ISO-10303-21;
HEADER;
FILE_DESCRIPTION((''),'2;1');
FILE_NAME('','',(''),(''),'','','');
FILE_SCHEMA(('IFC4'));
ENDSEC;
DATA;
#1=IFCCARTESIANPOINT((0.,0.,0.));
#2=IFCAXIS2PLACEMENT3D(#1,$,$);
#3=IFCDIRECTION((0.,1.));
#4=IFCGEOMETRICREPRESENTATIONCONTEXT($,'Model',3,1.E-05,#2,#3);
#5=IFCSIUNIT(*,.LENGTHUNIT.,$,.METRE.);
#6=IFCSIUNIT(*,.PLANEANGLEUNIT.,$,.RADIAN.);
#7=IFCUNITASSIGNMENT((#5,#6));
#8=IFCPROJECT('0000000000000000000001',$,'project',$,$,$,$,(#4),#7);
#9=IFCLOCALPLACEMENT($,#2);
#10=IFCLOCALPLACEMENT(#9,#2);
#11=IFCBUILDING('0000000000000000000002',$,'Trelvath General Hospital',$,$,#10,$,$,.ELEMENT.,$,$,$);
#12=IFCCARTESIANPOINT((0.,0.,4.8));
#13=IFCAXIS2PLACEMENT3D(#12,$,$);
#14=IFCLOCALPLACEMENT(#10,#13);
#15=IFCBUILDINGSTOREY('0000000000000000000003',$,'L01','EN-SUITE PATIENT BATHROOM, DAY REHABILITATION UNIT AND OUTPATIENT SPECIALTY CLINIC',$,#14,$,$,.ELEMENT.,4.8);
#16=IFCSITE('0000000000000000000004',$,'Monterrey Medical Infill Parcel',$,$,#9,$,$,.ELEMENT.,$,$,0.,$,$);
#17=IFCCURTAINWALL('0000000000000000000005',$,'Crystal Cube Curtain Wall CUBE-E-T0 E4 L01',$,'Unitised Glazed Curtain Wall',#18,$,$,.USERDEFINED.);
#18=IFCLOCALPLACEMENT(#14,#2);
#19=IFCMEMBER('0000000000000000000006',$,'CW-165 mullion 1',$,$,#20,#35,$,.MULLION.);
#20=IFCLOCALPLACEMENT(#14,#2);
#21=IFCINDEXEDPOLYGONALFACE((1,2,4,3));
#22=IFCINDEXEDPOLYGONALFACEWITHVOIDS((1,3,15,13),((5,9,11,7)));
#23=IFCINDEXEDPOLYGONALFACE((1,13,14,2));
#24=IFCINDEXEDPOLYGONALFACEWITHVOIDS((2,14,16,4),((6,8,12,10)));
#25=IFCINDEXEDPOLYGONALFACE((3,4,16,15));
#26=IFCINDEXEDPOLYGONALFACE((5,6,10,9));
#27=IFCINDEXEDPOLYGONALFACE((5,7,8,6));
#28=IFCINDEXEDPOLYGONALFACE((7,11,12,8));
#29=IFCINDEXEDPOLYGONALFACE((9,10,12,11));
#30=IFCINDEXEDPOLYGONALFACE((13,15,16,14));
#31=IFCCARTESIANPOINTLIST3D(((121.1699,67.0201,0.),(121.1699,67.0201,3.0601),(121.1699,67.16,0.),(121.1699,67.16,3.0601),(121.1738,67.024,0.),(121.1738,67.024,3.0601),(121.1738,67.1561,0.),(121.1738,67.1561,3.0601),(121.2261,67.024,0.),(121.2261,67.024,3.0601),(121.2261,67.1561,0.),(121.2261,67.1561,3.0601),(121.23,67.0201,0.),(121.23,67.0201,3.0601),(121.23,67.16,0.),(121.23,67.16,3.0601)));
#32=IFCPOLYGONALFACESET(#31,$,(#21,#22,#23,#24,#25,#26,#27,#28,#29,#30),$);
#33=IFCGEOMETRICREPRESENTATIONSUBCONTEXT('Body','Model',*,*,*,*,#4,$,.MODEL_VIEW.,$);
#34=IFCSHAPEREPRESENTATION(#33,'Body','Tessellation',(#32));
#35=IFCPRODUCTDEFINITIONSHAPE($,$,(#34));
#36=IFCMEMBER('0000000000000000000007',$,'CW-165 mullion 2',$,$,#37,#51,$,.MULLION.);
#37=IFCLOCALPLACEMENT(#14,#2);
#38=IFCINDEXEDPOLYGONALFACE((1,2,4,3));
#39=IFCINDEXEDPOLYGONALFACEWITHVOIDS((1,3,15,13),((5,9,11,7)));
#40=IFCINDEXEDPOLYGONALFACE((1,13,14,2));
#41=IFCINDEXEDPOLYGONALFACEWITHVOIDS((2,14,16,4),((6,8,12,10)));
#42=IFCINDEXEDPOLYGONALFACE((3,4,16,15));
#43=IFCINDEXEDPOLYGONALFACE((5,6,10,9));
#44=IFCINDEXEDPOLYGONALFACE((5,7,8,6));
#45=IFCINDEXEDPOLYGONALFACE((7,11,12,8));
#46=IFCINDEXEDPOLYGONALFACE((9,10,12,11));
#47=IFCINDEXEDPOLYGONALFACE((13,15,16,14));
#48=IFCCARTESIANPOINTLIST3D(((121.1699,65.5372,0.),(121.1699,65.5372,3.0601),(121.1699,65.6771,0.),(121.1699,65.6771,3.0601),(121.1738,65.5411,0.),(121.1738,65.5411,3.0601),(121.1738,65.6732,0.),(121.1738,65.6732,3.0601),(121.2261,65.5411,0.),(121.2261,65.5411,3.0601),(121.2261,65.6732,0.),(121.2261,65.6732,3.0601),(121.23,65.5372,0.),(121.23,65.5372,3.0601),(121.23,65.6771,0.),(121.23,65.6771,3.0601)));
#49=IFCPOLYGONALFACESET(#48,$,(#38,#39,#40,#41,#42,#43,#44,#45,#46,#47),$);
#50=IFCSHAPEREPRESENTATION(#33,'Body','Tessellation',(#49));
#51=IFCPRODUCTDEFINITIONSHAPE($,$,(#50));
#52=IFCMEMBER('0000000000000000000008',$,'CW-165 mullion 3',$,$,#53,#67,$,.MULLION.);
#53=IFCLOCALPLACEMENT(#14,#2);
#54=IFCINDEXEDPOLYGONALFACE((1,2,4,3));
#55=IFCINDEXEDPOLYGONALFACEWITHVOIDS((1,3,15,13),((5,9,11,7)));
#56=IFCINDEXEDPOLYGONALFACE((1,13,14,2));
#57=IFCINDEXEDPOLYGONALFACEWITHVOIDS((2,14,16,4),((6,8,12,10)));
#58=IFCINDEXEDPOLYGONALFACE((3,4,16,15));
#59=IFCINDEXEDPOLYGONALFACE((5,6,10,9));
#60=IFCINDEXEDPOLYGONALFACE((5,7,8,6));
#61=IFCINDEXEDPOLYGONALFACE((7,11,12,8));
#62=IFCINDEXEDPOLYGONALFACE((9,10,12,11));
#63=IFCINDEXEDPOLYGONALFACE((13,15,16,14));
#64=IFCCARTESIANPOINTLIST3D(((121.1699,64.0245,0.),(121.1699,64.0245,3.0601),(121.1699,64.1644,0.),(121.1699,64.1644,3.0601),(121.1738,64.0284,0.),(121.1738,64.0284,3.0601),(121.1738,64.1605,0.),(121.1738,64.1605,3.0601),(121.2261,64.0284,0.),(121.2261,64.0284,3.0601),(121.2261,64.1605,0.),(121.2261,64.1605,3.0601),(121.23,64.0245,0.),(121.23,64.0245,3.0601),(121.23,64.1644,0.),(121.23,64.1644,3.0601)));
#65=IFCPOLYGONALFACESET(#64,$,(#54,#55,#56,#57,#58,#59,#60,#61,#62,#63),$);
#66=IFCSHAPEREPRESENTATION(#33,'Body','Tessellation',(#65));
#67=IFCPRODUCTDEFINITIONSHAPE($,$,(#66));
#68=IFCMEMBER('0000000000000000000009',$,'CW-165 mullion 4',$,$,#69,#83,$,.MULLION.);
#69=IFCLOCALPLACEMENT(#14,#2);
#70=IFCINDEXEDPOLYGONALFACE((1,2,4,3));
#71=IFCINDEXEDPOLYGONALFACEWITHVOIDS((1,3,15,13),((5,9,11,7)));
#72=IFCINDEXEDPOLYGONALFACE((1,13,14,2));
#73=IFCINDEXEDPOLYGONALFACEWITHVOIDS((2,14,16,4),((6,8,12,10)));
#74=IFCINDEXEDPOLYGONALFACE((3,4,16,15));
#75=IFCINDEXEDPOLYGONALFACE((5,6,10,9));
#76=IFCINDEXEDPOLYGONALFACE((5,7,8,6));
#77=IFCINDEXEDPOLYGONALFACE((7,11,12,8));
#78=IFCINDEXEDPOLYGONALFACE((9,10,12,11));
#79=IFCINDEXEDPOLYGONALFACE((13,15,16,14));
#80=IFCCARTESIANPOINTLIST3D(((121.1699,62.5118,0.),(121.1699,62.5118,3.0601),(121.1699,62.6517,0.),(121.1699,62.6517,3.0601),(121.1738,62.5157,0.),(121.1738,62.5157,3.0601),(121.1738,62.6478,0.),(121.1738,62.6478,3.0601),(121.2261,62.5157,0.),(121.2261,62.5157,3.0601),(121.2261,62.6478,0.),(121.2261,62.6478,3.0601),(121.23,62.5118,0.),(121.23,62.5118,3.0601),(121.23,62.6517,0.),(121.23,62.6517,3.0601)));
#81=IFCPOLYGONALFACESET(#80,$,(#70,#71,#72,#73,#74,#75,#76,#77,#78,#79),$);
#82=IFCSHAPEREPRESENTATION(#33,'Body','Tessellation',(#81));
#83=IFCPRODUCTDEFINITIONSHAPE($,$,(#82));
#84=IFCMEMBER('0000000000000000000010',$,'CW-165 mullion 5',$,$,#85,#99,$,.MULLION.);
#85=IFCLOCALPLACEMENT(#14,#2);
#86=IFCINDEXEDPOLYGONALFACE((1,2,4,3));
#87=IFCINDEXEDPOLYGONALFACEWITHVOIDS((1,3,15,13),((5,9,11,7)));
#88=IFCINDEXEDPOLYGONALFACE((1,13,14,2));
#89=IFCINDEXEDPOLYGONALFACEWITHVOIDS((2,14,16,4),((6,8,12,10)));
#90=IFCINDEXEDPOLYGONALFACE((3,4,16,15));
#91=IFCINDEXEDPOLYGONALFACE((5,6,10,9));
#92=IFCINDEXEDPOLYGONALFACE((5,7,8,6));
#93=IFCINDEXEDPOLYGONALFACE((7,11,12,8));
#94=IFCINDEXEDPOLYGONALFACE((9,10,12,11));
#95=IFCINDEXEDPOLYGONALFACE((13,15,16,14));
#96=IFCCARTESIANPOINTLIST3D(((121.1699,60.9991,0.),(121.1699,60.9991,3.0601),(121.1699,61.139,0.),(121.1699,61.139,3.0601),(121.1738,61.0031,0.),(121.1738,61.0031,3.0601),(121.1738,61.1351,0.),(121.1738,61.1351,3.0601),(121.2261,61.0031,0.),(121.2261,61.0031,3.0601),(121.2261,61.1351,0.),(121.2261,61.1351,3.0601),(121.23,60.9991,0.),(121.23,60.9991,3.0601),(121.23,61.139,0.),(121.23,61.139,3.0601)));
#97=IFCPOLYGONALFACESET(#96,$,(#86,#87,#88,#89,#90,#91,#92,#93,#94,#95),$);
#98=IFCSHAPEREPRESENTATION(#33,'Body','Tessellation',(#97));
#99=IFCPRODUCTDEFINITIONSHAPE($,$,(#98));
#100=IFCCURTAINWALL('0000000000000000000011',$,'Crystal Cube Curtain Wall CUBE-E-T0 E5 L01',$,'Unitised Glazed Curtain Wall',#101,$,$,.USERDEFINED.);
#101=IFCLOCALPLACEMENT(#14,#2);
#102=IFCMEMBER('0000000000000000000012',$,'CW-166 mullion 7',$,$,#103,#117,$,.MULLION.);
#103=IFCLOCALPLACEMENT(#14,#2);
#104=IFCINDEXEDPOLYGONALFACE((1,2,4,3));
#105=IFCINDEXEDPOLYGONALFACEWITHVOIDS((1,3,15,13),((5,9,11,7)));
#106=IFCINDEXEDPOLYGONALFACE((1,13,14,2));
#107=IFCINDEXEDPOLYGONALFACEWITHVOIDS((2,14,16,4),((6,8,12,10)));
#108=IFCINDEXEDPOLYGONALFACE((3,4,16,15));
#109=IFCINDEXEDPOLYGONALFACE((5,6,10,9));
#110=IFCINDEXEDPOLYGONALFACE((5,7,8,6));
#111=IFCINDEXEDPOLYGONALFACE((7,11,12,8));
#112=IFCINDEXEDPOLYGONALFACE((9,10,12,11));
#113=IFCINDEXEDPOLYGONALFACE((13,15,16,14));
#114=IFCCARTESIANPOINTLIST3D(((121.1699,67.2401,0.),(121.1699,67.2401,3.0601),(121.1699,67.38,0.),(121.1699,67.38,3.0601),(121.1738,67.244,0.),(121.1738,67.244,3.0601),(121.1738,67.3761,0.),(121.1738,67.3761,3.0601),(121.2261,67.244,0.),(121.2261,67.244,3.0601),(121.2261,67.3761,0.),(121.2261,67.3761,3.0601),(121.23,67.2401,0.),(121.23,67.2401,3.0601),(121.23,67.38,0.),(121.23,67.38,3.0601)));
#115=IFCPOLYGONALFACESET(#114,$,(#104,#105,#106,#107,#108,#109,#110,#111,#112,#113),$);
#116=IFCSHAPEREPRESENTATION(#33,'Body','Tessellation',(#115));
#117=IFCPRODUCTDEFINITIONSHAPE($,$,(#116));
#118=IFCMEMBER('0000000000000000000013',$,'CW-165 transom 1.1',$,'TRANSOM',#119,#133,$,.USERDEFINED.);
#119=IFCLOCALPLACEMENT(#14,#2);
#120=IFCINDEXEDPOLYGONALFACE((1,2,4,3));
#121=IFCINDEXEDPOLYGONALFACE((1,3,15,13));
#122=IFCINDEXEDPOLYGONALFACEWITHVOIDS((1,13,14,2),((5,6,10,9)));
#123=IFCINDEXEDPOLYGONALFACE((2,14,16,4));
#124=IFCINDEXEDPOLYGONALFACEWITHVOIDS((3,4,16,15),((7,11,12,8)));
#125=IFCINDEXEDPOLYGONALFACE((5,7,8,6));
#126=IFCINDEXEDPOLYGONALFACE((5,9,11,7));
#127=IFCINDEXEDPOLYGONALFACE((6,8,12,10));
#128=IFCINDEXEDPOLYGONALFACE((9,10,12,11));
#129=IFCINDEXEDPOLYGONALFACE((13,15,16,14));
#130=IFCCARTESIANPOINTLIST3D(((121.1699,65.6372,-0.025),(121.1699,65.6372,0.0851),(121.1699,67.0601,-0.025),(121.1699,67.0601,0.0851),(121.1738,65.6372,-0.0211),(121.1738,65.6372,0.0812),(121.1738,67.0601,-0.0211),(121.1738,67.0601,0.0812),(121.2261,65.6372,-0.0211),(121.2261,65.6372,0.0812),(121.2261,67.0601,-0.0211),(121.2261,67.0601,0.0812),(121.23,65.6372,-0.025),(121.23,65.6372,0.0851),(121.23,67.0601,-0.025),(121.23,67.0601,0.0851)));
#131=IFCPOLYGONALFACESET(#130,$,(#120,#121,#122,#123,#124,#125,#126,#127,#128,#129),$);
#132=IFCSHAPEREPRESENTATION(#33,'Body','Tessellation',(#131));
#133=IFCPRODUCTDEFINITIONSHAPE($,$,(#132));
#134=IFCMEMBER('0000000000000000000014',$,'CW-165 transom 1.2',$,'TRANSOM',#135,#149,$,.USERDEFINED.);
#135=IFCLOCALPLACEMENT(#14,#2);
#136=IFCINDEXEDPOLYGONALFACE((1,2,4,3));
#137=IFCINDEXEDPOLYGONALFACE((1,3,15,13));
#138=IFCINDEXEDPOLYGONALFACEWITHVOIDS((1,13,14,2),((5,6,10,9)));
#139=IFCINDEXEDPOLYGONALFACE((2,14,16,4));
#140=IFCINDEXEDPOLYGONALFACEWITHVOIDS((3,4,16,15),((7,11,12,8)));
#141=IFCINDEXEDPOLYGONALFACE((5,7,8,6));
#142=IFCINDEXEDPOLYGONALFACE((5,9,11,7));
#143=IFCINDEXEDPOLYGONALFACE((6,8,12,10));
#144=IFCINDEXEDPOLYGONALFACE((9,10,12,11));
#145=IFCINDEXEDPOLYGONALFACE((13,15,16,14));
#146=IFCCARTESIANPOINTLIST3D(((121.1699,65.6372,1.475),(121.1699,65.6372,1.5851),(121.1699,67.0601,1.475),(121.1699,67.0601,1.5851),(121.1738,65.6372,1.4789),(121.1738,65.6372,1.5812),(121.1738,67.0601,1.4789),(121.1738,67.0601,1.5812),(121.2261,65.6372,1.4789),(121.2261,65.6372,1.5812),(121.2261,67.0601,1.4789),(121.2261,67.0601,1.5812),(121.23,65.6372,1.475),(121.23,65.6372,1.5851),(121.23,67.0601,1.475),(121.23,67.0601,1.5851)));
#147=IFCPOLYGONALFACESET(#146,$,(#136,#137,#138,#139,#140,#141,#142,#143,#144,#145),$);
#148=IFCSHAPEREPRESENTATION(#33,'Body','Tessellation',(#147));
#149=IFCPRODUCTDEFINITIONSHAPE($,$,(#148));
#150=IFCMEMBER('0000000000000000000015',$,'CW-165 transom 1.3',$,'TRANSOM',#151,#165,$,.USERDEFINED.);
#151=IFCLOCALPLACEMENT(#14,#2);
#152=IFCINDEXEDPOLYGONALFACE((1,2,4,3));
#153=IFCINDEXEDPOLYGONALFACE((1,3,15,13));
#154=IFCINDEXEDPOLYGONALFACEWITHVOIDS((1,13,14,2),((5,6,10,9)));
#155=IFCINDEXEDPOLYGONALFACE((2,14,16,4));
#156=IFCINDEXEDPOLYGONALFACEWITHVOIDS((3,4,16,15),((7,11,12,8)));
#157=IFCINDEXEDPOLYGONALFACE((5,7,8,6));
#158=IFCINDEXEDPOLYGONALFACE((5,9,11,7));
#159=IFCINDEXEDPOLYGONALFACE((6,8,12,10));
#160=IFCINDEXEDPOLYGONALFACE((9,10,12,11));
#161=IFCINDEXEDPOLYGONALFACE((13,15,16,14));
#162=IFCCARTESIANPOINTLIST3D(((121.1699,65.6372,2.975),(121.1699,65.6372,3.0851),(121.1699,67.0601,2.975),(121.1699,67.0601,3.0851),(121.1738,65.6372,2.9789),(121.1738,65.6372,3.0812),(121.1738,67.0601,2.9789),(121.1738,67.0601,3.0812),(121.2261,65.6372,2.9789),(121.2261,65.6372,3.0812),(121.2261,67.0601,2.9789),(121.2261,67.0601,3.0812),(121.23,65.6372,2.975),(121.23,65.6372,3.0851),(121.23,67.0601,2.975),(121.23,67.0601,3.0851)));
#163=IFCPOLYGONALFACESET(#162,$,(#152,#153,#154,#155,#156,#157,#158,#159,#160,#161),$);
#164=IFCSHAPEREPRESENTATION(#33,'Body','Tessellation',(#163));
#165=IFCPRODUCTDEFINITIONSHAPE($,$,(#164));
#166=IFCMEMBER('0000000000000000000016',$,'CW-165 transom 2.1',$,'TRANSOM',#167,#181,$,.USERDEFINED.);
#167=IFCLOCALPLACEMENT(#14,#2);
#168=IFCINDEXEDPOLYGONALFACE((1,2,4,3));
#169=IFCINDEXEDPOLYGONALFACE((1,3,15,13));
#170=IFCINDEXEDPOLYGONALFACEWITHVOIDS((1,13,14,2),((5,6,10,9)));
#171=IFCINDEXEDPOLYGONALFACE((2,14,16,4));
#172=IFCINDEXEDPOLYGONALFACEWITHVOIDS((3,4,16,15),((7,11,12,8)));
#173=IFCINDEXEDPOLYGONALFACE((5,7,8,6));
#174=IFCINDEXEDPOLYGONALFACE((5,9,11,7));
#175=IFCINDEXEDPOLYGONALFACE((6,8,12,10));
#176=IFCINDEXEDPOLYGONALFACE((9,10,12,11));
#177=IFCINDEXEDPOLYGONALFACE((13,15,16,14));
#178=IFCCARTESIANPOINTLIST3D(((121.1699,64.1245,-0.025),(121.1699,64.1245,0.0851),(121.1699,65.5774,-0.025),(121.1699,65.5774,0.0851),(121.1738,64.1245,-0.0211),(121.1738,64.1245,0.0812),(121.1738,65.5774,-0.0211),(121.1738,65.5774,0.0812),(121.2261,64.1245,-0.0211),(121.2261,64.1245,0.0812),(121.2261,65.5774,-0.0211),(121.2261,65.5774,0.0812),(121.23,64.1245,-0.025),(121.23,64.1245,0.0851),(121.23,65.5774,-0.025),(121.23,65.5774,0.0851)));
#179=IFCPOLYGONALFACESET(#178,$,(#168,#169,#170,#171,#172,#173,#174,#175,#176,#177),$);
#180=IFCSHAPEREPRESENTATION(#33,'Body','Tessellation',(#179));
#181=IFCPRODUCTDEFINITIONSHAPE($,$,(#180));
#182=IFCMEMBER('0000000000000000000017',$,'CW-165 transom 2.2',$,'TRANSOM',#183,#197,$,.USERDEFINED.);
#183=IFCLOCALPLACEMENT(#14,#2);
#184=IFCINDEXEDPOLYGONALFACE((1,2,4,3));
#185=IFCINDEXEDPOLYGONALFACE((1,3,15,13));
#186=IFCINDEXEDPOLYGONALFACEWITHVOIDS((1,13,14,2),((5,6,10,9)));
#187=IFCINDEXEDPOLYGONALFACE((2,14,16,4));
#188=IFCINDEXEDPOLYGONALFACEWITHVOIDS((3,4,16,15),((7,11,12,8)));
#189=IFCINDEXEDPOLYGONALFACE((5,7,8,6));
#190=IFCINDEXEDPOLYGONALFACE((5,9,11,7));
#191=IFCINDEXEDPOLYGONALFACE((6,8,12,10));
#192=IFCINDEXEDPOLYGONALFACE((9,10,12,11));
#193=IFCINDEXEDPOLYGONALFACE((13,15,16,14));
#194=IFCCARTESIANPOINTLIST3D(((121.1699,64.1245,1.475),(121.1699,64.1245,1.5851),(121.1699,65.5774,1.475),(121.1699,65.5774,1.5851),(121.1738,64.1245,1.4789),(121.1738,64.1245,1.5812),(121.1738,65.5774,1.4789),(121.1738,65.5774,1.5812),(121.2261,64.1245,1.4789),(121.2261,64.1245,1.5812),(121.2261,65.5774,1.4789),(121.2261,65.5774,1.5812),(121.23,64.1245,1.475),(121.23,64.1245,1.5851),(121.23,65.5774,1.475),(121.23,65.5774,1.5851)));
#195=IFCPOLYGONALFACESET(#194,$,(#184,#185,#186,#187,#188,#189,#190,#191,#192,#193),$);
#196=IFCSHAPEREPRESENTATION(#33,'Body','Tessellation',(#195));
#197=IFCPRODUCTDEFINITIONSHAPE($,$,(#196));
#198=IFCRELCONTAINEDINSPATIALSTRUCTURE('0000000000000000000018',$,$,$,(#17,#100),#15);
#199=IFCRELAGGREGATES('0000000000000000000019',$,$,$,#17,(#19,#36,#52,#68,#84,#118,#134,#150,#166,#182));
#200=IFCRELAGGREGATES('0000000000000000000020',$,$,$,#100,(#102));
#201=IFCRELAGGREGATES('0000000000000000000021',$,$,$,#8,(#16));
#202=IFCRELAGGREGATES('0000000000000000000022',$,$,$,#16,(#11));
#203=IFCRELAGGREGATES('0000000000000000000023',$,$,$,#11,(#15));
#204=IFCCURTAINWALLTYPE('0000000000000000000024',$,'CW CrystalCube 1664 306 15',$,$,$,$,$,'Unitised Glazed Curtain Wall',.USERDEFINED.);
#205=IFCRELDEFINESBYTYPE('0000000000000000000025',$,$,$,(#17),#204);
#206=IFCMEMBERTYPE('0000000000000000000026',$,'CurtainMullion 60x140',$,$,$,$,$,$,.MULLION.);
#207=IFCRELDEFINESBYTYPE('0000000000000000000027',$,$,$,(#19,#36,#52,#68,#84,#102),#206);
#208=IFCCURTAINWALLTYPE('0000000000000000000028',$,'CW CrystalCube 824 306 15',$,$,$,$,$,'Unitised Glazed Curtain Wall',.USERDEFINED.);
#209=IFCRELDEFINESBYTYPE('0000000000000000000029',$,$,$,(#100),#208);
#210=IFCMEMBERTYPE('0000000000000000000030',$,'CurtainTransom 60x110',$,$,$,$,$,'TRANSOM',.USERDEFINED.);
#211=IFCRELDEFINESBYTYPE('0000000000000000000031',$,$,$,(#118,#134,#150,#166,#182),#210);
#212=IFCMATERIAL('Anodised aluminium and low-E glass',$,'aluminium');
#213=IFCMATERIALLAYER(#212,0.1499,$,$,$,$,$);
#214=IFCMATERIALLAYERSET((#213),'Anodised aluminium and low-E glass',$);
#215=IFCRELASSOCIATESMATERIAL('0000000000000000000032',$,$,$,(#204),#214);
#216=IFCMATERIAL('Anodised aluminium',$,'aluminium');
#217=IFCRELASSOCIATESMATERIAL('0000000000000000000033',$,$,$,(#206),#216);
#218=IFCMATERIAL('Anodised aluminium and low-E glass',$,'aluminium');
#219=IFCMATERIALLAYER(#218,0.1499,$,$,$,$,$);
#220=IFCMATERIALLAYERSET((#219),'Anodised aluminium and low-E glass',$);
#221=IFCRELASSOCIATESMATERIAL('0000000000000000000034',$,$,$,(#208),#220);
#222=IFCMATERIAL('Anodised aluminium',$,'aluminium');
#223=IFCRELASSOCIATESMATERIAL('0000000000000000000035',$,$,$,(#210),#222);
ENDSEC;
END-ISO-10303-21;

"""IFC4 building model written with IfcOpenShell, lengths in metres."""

from ifc_helpers import new_model, si_unit, direction, frame, origin, origin_2d, place, context, subcontext, project, spatial, hollow_rectangle, extrude, material, layer, layer_set, material_profile, profile_set, type_object, element, aggregate, save


model = new_model("IFC4")

# Units and contexts
model_context = context("Model", 3, precision=1e-05, world=origin(), true_north=direction((0.0, 1.0)))
body_context = subcontext(model_context, "Body", "Model", "MODEL_VIEW")
ifc_project = project(units=[si_unit("LENGTHUNIT", "METRE"), si_unit("PLANEANGLEUNIT", "RADIAN")], contexts=[model_context])

# Site, building, storey
site_placement = place(None, origin())
site = spatial("IfcSite", under=ifc_project, at=site_placement, Name="Monterrey Medical Infill Parcel", CompositionType="ELEMENT", RefElevation=0.0)
building_placement = place(site_placement, origin())
building = spatial("IfcBuilding", under=site, at=building_placement, Name="Trelvath General Hospital", CompositionType="ELEMENT")
storey_placement = place(building_placement, frame((0.0, 0.0, 4.8)))
storey = spatial("IfcBuildingStorey", under=building, at=storey_placement, Name="L01", Description="EN-SUITE PATIENT BATHROOM, DAY REHABILITATION UNIT AND OUTPATIENT SPECIALTY CLINIC", CompositionType="ELEMENT", Elevation=4.8)

# Curtain wall, members
ifc_material_1 = material(Name="Anodised aluminium and low-E glass", Category="aluminium")
ifc_layer_1 = layer(ifc_material_1, 0.1499)
ifc_layer_set_1 = layer_set([ifc_layer_1], Name="Anodised aluminium and low-E glass")
curtain_wall_type_1 = type_object("IfcCurtainWallType", Name="CW CrystalCube 1664 306 15", ElementType="Unitised Glazed Curtain Wall", PredefinedType="USERDEFINED", material=ifc_layer_set_1)
curtain_wall_1_placement = place(storey_placement, origin())
curtain_wall_1 = element("IfcCurtainWall", 1, at=curtain_wall_1_placement, inside=storey, type_object=curtain_wall_type_1, Name="Crystal Cube Curtain Wall CUBE-E-T0 E4 L01", ObjectType="Unitised Glazed Curtain Wall", PredefinedType="USERDEFINED")
ifc_material_2 = material(Name="Anodised aluminium", Category="aluminium")
ifc_material_profile_1 = material_profile(ifc_material_2, hollow_rectangle(XDim=0.0601, YDim=0.1399, WallThickness=0.0039, at=origin_2d()), Name="RHS60x140x4")
ifc_profile_set_1 = profile_set([ifc_material_profile_1], Name="Anodised aluminium")
member_type_1 = type_object("IfcMemberType", Name="CurtainMullion 60x140", PredefinedType="MULLION", material=ifc_profile_set_1)
member_1_placement = place(storey_placement, frame((121.2, 67.0901, 0.0), z_axis=(0.0, 0.0, 1.0), x_axis=(1.0, 0.0, 0.0)))
member_1 = element("IfcMember", 2, at=member_1_placement, type_object=member_type_1, Name="CW-165 mullion 1", PredefinedType="MULLION", context=body_context, shape_type="SweptSolid", body=[
    extrude(hollow_rectangle(XDim=0.0601, YDim=0.1399, WallThickness=0.0039, at=origin_2d()), origin(), (0.0, 0.0, 1.0), 3.0601),
])
member_2_placement = place(storey_placement, frame((121.2, 65.6072, 0.0), z_axis=(0.0, 0.0, 1.0), x_axis=(1.0, 0.0, 0.0)))
member_2 = element("IfcMember", 3, at=member_2_placement, type_object=member_type_1, Name="CW-165 mullion 2", PredefinedType="MULLION", context=body_context, shape_type="SweptSolid", body=[
    extrude(hollow_rectangle(XDim=0.0601, YDim=0.1399, WallThickness=0.0039, at=origin_2d()), origin(), (0.0, 0.0, 1.0), 3.0601),
])
member_3_placement = place(storey_placement, frame((121.2, 64.0945, 0.0), z_axis=(0.0, 0.0, 1.0), x_axis=(1.0, 0.0, 0.0)))
member_3 = element("IfcMember", 4, at=member_3_placement, type_object=member_type_1, Name="CW-165 mullion 3", PredefinedType="MULLION", context=body_context, shape_type="SweptSolid", body=[
    extrude(hollow_rectangle(XDim=0.0601, YDim=0.1399, WallThickness=0.0039, at=origin_2d()), origin(), (0.0, 0.0, 1.0), 3.0601),
])
member_4_placement = place(storey_placement, frame((121.2, 62.5818, 0.0), z_axis=(0.0, 0.0, 1.0), x_axis=(1.0, 0.0, 0.0)))
member_4 = element("IfcMember", 5, at=member_4_placement, type_object=member_type_1, Name="CW-165 mullion 4", PredefinedType="MULLION", context=body_context, shape_type="SweptSolid", body=[
    extrude(hollow_rectangle(XDim=0.0601, YDim=0.1399, WallThickness=0.0039, at=origin_2d()), origin(), (0.0, 0.0, 1.0), 3.0601),
])
member_5_placement = place(storey_placement, frame((121.2, 61.0691, 0.0), z_axis=(0.0, 0.0, 1.0), x_axis=(1.0, 0.0, 0.0)))
member_5 = element("IfcMember", 6, at=member_5_placement, type_object=member_type_1, Name="CW-165 mullion 5", PredefinedType="MULLION", context=body_context, shape_type="SweptSolid", body=[
    extrude(hollow_rectangle(XDim=0.0601, YDim=0.1399, WallThickness=0.0039, at=origin_2d()), origin(), (0.0, 0.0, 1.0), 3.0601),
])

# Curtain wall, member
ifc_material_3 = material(Name="Anodised aluminium and low-E glass", Category="aluminium")
ifc_layer_2 = layer(ifc_material_3, 0.1499)
ifc_layer_set_2 = layer_set([ifc_layer_2], Name="Anodised aluminium and low-E glass")
curtain_wall_type_2 = type_object("IfcCurtainWallType", Name="CW CrystalCube 824 306 15", ElementType="Unitised Glazed Curtain Wall", PredefinedType="USERDEFINED", material=ifc_layer_set_2)
curtain_wall_2_placement = place(storey_placement, origin())
curtain_wall_2 = element("IfcCurtainWall", 7, at=curtain_wall_2_placement, inside=storey, type_object=curtain_wall_type_2, Name="Crystal Cube Curtain Wall CUBE-E-T0 E5 L01", ObjectType="Unitised Glazed Curtain Wall", PredefinedType="USERDEFINED")
member_6_placement = place(storey_placement, frame((121.2, 67.3101, 0.0), z_axis=(0.0, 0.0, 1.0), x_axis=(1.0, 0.0, 0.0)))
member_6 = element("IfcMember", 8, at=member_6_placement, type_object=member_type_1, Name="CW-166 mullion 7", PredefinedType="MULLION", context=body_context, shape_type="SweptSolid", body=[
    extrude(hollow_rectangle(XDim=0.0601, YDim=0.1399, WallThickness=0.0039, at=origin_2d()), origin(), (0.0, 0.0, 1.0), 3.0601),
])

# Members
ifc_material_4 = material(Name="Anodised aluminium", Category="aluminium")
ifc_material_profile_2 = material_profile(ifc_material_4, hollow_rectangle(XDim=0.0601, YDim=0.1101, WallThickness=0.0039, at=origin_2d()), Name="RHS60x110x4")
ifc_profile_set_2 = profile_set([ifc_material_profile_2], Name="Anodised aluminium")
member_type_2 = type_object("IfcMemberType", Name="CurtainTransom 60x110", ElementType="TRANSOM", PredefinedType="USERDEFINED", material=ifc_profile_set_2)
member_7_placement = place(storey_placement, frame((121.2, 67.0601, 0.03), z_axis=(0.0, -1.0, 0.0), x_axis=(1.0, 0.0, 0.0)))
member_7 = element("IfcMember", 9, at=member_7_placement, type_object=member_type_2, Name="CW-165 transom 1.1", ObjectType="TRANSOM", PredefinedType="USERDEFINED", context=body_context, shape_type="SweptSolid", body=[
    extrude(hollow_rectangle(XDim=0.0601, YDim=0.1101, WallThickness=0.0039, at=origin_2d()), origin(), (0.0, 0.0, 1.0), 1.4229),
])
member_8_placement = place(storey_placement, frame((121.2, 67.0601, 1.53), z_axis=(0.0, -1.0, 0.0), x_axis=(1.0, 0.0, 0.0)))
member_8 = element("IfcMember", 10, at=member_8_placement, type_object=member_type_2, Name="CW-165 transom 1.2", ObjectType="TRANSOM", PredefinedType="USERDEFINED", context=body_context, shape_type="SweptSolid", body=[
    extrude(hollow_rectangle(XDim=0.0601, YDim=0.1101, WallThickness=0.0039, at=origin_2d()), origin(), (0.0, 0.0, 1.0), 1.4229),
])
member_9_placement = place(storey_placement, frame((121.2, 67.0601, 3.03), z_axis=(0.0, -1.0, 0.0), x_axis=(1.0, 0.0, 0.0)))
member_9 = element("IfcMember", 11, at=member_9_placement, type_object=member_type_2, Name="CW-165 transom 1.3", ObjectType="TRANSOM", PredefinedType="USERDEFINED", context=body_context, shape_type="SweptSolid", body=[
    extrude(hollow_rectangle(XDim=0.0601, YDim=0.1101, WallThickness=0.0039, at=origin_2d()), origin(), (0.0, 0.0, 1.0), 1.4229),
])
member_10_placement = place(storey_placement, frame((121.2, 65.5774, 0.03), z_axis=(0.0, -1.0, 0.0), x_axis=(1.0, 0.0, 0.0)))
member_10 = element("IfcMember", 12, at=member_10_placement, type_object=member_type_2, Name="CW-165 transom 2.1", ObjectType="TRANSOM", PredefinedType="USERDEFINED", context=body_context, shape_type="SweptSolid", body=[
    extrude(hollow_rectangle(XDim=0.0601, YDim=0.1101, WallThickness=0.0039, at=origin_2d()), origin(), (0.0, 0.0, 1.0), 1.4529),
])
member_11_placement = place(storey_placement, frame((121.2, 65.5774, 1.53), z_axis=(0.0, -1.0, 0.0), x_axis=(1.0, 0.0, 0.0)))
member_11 = element("IfcMember", 13, at=member_11_placement, type_object=member_type_2, Name="CW-165 transom 2.2", ObjectType="TRANSOM", PredefinedType="USERDEFINED", context=body_context, shape_type="SweptSolid", body=[
    extrude(hollow_rectangle(XDim=0.0601, YDim=0.1101, WallThickness=0.0039, at=origin_2d()), origin(), (0.0, 0.0, 1.0), 1.4529),
])

aggregate(curtain_wall_1, [member_1, member_2, member_3, member_4, member_5, member_7, member_8, member_9, member_10, member_11])
aggregate(curtain_wall_2, [member_6])

save(model, "model.ifc")
